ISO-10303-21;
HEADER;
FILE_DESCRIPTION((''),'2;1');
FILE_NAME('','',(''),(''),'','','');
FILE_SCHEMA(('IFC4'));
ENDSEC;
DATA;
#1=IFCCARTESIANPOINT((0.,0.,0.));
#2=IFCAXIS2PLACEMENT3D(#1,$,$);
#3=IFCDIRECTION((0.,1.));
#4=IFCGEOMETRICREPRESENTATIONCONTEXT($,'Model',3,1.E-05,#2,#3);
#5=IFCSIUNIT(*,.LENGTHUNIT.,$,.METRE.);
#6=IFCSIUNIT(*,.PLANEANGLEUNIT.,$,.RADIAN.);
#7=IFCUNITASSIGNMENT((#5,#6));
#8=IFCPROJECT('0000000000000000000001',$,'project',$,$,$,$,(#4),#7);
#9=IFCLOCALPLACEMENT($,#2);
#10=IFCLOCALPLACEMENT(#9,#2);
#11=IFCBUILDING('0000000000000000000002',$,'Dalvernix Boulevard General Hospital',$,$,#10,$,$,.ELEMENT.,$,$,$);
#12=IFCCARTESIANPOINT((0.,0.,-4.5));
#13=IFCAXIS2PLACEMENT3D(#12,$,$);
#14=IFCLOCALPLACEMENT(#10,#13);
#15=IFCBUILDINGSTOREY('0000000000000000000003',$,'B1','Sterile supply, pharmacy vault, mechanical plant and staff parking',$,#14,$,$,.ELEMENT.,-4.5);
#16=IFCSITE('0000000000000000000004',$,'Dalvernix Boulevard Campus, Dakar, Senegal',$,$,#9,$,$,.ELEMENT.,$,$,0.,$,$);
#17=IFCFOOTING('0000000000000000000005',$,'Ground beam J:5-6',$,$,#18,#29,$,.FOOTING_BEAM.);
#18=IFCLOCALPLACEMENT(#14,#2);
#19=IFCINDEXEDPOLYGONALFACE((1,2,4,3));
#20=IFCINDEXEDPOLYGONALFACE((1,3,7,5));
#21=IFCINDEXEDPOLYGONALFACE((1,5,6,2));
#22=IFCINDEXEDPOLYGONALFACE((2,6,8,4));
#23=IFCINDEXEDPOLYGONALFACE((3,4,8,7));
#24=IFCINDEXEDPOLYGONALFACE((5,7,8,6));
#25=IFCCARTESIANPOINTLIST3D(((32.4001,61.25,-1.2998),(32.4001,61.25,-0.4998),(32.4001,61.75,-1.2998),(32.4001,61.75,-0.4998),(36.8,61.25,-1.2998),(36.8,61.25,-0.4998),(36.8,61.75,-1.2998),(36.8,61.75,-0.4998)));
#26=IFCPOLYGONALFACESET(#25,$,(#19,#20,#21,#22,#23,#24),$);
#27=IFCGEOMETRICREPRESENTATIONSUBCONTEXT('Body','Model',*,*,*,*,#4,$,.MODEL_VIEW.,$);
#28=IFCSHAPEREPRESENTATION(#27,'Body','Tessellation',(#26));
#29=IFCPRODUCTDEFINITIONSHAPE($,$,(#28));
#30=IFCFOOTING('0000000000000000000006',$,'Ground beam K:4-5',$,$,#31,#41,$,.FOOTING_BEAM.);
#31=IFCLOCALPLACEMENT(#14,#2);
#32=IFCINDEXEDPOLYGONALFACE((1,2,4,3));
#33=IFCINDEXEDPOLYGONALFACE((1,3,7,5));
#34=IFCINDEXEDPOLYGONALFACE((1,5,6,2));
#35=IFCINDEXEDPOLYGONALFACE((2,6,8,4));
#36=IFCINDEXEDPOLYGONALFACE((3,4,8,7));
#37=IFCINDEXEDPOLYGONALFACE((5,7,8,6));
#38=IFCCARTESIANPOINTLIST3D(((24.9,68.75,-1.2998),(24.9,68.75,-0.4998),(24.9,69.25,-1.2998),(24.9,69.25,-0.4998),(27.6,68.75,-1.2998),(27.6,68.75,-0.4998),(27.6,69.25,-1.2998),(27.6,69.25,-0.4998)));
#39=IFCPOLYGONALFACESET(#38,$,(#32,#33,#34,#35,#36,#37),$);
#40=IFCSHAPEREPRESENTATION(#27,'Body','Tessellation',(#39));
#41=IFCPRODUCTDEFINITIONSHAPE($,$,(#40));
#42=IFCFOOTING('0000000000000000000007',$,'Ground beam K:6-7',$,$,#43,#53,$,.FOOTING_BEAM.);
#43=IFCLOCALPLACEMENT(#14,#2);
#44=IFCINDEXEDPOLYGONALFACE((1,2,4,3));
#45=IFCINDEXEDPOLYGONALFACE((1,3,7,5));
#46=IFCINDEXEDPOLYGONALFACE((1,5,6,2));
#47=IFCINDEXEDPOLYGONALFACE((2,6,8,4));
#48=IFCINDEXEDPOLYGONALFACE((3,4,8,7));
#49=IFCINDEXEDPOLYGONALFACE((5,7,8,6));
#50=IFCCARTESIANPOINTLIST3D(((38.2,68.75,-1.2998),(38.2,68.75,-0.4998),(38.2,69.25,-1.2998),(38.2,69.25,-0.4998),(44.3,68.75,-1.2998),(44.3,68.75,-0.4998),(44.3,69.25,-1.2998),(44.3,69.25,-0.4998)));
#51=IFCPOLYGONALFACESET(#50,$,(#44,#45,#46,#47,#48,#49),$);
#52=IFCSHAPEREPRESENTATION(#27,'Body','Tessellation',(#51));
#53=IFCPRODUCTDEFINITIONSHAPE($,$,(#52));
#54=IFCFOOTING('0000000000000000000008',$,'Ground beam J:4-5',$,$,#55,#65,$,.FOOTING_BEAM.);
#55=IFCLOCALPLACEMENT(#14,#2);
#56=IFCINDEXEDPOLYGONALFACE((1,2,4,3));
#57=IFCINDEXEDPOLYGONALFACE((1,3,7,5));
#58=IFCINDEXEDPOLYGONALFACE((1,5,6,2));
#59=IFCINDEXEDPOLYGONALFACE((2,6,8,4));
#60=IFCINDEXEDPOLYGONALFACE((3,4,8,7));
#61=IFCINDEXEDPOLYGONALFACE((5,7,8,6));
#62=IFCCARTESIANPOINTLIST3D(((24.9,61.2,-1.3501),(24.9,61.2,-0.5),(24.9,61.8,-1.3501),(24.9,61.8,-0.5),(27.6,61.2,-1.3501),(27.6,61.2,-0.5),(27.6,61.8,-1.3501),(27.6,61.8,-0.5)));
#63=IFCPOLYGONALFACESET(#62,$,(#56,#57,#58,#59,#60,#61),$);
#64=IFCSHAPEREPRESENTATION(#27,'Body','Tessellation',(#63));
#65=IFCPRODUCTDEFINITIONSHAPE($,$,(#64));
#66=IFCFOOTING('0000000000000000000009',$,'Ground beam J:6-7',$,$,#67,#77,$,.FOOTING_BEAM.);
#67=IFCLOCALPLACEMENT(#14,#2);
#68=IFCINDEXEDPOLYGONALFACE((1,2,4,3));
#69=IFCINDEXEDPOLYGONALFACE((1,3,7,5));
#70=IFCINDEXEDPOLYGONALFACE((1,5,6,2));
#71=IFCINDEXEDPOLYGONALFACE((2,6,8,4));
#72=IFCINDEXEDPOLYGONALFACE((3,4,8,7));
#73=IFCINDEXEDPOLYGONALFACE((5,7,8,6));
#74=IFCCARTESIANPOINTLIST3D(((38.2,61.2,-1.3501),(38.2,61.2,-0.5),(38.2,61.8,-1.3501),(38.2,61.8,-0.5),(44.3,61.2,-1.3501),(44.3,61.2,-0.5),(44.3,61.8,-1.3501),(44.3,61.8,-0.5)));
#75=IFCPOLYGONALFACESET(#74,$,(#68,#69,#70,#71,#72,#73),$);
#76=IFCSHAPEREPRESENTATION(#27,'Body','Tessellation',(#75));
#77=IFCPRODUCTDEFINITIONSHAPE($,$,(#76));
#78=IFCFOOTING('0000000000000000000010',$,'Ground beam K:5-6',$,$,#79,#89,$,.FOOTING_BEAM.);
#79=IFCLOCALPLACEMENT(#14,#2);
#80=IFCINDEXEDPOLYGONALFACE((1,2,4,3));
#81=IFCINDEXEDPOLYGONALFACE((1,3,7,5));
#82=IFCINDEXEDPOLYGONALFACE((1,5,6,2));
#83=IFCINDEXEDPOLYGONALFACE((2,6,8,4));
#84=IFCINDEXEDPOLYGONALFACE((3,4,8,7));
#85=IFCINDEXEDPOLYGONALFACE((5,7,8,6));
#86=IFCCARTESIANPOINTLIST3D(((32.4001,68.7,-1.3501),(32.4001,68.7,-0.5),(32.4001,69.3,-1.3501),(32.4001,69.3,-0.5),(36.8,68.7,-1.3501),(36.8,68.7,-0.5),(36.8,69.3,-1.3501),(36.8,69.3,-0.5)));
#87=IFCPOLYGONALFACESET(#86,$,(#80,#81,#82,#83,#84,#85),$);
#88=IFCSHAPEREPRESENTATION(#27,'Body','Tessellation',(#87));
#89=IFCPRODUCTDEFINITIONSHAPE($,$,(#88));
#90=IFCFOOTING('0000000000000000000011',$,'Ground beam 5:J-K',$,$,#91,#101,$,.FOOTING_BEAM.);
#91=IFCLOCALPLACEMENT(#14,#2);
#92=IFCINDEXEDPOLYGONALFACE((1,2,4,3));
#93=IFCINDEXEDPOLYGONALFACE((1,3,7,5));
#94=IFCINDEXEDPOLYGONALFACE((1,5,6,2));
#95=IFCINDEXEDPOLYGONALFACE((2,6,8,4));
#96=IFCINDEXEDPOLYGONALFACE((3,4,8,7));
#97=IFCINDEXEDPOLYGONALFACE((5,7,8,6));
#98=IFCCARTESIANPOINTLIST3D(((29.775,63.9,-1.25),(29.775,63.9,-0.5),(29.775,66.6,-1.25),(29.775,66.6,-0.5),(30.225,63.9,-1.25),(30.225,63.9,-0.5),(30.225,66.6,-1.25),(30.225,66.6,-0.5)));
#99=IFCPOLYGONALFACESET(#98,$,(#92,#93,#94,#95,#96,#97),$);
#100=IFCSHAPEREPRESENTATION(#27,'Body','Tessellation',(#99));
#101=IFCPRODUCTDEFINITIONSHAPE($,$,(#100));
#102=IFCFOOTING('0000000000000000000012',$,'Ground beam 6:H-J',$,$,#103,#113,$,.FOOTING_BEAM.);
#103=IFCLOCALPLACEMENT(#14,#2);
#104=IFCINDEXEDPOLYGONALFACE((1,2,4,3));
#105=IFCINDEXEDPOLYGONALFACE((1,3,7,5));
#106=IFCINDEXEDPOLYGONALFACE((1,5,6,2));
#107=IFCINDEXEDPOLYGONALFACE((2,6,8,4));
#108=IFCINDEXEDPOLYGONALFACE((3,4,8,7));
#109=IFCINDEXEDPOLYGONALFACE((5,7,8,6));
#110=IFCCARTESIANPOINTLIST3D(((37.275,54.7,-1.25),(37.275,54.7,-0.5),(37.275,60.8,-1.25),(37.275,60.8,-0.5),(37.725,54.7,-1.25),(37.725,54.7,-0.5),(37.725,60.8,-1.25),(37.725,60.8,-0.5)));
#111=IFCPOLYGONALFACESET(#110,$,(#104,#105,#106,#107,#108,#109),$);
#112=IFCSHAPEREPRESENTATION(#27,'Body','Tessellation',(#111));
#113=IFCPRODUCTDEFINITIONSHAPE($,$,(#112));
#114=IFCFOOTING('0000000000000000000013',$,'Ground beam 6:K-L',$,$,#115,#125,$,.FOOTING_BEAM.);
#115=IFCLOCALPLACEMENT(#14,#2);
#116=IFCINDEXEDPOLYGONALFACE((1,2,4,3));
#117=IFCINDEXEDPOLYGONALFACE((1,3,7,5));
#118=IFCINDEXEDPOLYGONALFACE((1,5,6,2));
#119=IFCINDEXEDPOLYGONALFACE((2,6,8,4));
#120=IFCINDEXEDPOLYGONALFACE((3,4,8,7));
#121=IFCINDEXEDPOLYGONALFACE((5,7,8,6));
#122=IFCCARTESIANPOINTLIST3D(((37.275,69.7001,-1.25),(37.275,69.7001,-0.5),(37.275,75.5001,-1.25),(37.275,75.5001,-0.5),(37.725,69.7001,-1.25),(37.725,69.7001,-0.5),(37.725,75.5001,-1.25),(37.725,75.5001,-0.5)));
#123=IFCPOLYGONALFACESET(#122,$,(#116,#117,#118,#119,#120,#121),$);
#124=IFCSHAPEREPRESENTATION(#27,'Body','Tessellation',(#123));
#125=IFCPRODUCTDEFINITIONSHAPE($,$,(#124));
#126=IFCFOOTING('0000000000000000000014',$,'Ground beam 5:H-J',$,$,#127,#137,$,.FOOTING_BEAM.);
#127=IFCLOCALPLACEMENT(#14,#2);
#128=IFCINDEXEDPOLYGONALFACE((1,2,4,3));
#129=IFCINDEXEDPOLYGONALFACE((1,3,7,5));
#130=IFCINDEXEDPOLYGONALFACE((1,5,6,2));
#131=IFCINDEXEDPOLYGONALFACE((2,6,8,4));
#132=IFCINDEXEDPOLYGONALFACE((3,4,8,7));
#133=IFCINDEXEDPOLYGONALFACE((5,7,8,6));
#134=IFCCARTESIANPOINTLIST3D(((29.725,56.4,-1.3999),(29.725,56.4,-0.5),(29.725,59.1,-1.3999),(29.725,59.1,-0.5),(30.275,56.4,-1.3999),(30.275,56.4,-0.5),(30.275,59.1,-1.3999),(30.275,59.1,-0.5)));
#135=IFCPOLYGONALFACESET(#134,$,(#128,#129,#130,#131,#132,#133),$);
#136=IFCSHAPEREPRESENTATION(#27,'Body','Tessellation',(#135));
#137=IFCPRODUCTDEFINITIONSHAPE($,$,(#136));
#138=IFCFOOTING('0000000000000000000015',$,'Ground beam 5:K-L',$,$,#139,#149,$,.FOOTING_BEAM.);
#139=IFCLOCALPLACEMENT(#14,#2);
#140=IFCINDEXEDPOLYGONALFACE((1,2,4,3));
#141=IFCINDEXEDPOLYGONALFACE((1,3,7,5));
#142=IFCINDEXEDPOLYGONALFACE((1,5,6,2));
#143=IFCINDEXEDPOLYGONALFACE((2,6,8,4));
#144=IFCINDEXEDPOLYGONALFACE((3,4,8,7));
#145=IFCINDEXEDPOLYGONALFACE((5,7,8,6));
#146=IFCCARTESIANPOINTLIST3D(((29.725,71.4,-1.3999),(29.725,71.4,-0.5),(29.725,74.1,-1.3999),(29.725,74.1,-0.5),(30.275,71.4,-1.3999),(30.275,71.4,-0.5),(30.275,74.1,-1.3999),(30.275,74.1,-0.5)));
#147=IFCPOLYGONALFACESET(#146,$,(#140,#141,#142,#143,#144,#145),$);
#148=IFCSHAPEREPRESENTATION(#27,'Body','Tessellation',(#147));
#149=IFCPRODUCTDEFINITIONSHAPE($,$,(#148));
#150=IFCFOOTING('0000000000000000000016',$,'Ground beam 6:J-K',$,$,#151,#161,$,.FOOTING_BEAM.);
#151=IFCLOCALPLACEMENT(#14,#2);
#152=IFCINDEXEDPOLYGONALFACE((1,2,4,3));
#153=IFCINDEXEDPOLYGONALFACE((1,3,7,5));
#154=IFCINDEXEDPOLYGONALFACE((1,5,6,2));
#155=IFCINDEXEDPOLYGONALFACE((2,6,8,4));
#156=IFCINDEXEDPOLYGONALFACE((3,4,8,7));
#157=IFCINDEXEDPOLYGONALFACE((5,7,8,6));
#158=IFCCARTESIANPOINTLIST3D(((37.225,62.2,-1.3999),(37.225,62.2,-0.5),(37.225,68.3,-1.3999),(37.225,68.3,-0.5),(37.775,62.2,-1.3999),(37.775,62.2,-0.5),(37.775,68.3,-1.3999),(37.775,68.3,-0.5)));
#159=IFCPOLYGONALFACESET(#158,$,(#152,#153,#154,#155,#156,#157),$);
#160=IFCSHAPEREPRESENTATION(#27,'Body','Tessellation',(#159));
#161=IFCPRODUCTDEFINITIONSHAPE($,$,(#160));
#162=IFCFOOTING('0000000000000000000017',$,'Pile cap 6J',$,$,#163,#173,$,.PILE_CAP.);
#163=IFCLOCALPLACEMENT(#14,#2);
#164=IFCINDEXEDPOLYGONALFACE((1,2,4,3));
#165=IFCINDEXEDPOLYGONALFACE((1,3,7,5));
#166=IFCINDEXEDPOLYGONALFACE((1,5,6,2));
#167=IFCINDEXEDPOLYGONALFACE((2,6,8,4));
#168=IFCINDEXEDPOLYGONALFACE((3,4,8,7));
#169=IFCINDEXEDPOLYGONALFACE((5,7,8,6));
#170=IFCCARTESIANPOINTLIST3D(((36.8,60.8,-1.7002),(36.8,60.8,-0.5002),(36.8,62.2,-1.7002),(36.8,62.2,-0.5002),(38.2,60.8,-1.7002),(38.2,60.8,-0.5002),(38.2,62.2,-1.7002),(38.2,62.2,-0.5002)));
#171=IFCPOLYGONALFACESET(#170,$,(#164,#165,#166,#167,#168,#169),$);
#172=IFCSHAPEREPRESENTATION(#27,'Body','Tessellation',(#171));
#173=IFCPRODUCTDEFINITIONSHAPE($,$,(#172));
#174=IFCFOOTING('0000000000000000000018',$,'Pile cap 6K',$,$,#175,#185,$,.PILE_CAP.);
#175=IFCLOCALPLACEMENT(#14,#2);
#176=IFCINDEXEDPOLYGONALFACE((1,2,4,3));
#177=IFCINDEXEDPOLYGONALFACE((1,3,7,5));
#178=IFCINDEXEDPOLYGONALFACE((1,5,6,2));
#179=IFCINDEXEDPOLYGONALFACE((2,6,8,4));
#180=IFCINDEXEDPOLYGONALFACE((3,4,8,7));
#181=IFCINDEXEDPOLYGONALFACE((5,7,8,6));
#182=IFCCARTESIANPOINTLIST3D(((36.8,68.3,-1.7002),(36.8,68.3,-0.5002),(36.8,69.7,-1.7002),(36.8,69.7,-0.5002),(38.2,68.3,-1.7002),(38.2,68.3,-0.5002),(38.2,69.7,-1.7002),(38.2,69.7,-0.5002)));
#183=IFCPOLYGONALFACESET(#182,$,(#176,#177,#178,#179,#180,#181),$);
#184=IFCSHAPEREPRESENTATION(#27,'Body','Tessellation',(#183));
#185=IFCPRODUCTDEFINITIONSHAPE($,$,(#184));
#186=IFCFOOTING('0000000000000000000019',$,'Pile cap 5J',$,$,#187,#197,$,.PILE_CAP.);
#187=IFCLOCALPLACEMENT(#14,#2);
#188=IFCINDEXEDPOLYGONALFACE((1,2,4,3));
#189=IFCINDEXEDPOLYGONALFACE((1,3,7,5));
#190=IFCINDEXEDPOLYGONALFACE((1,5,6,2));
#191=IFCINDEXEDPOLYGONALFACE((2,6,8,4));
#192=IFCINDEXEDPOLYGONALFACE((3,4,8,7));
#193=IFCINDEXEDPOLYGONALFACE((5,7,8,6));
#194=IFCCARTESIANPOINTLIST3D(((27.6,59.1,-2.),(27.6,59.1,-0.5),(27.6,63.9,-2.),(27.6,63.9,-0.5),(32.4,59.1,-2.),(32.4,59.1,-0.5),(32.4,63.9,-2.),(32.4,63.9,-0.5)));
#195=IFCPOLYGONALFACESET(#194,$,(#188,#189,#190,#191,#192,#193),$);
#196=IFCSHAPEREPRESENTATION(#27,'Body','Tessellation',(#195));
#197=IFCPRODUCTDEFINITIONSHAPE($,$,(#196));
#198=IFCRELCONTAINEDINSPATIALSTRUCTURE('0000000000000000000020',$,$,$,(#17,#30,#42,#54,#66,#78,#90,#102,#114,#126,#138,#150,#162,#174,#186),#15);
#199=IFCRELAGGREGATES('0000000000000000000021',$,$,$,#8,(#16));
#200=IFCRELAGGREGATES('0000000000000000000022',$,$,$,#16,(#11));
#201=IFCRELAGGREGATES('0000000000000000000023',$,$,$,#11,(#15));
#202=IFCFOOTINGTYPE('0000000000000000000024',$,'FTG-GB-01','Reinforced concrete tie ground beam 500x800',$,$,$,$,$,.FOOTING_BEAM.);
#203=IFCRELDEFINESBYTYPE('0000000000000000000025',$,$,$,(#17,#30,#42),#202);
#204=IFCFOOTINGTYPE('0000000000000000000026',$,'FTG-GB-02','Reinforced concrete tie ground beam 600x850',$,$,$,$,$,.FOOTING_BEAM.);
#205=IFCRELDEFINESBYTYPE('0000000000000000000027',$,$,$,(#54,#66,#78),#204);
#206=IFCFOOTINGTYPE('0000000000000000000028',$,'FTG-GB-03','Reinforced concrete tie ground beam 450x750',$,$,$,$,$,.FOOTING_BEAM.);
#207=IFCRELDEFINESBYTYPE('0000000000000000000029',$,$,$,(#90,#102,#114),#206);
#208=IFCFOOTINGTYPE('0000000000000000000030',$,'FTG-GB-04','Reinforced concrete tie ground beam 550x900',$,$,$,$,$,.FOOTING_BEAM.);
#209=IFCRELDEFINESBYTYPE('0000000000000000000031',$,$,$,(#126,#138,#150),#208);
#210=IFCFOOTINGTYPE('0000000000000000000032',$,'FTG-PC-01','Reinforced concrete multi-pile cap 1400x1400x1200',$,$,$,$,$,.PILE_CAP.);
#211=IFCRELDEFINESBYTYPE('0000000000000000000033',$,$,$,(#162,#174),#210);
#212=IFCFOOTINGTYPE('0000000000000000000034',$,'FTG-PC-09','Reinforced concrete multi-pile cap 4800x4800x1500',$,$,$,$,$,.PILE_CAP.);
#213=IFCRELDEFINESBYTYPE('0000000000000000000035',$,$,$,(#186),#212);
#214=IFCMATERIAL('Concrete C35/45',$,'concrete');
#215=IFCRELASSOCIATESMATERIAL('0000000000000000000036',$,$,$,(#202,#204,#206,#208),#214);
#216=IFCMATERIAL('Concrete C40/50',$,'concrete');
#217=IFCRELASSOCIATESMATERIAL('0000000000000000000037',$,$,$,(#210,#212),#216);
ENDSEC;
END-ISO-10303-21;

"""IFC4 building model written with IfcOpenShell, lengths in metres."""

from ifc_helpers import new_model, si_unit, direction, frame, origin, origin_2d, place, context, subcontext, project, spatial, rectangle, extrude, material, type_object, element, save


model = new_model("IFC4")

# Units and contexts
model_context = context("Model", 3, precision=1e-05, world=origin(), true_north=direction((0.0, 1.0)))
body_context = subcontext(model_context, "Body", "Model", "MODEL_VIEW")
ifc_project = project(units=[si_unit("LENGTHUNIT", "METRE"), si_unit("PLANEANGLEUNIT", "RADIAN")], contexts=[model_context])

# Site, building, storey
site_placement = place(None, origin())
site = spatial("IfcSite", under=ifc_project, at=site_placement, Name="Dalvernix Boulevard Campus, Dakar, Senegal", CompositionType="ELEMENT", RefElevation=0.0)
building_placement = place(site_placement, origin())
building = spatial("IfcBuilding", under=site, at=building_placement, Name="Dalvernix Boulevard General Hospital", CompositionType="ELEMENT")
storey_placement = place(building_placement, frame((0.0, 0.0, -4.5)))
storey = spatial("IfcBuildingStorey", under=building, at=storey_placement, Name="B1", Description="Sterile supply, pharmacy vault, mechanical plant and staff parking", CompositionType="ELEMENT", Elevation=-4.5)

# Footings
ifc_material_1 = material(Name="Concrete C35/45", Category="concrete")
footing_type_1 = type_object("IfcFootingType", Name="FTG-GB-01", Description="Reinforced concrete tie ground beam 500x800", PredefinedType="FOOTING_BEAM", material=ifc_material_1)
footing_1_placement = place(storey_placement, frame((34.6001, 61.5, -1.2998), z_axis=(0.0, 0.0, 1.0), x_axis=(1.0, 0.0, 0.0)))
element("IfcFooting", 1, at=footing_1_placement, inside=storey, type_object=footing_type_1, Name="Ground beam J:5-6", PredefinedType="FOOTING_BEAM", context=body_context, shape_type="SweptSolid", body=[
    extrude(rectangle(XDim=4.3999, YDim=0.5, at=origin_2d()), origin(), (0.0, 0.0, 1.0), 0.8),
])
footing_2_placement = place(storey_placement, frame((26.25, 69.0, -1.2998), z_axis=(0.0, 0.0, 1.0), x_axis=(1.0, 0.0, 0.0)))
element("IfcFooting", 2, at=footing_2_placement, inside=storey, type_object=footing_type_1, Name="Ground beam K:4-5", PredefinedType="FOOTING_BEAM", context=body_context, shape_type="SweptSolid", body=[
    extrude(rectangle(XDim=2.7, YDim=0.5, at=origin_2d()), origin(), (0.0, 0.0, 1.0), 0.8),
])
footing_3_placement = place(storey_placement, frame((41.25, 69.0, -1.2998), z_axis=(0.0, 0.0, 1.0), x_axis=(1.0, 0.0, 0.0)))
element("IfcFooting", 3, at=footing_3_placement, inside=storey, type_object=footing_type_1, Name="Ground beam K:6-7", PredefinedType="FOOTING_BEAM", context=body_context, shape_type="SweptSolid", body=[
    extrude(rectangle(XDim=6.1001, YDim=0.5, at=origin_2d()), origin(), (0.0, 0.0, 1.0), 0.8),
])
footing_type_2 = type_object("IfcFootingType", Name="FTG-GB-02", Description="Reinforced concrete tie ground beam 600x850", PredefinedType="FOOTING_BEAM", material=ifc_material_1)
footing_4_placement = place(storey_placement, frame((26.25, 61.5, -1.3501), z_axis=(0.0, 0.0, 1.0), x_axis=(1.0, 0.0, 0.0)))
element("IfcFooting", 4, at=footing_4_placement, inside=storey, type_object=footing_type_2, Name="Ground beam J:4-5", PredefinedType="FOOTING_BEAM", context=body_context, shape_type="SweptSolid", body=[
    extrude(rectangle(XDim=2.7, YDim=0.6001, at=origin_2d()), origin(), (0.0, 0.0, 1.0), 0.8501),
])
footing_5_placement = place(storey_placement, frame((41.25, 61.5, -1.3501), z_axis=(0.0, 0.0, 1.0), x_axis=(1.0, 0.0, 0.0)))
element("IfcFooting", 5, at=footing_5_placement, inside=storey, type_object=footing_type_2, Name="Ground beam J:6-7", PredefinedType="FOOTING_BEAM", context=body_context, shape_type="SweptSolid", body=[
    extrude(rectangle(XDim=6.1001, YDim=0.6001, at=origin_2d()), origin(), (0.0, 0.0, 1.0), 0.8501),
])
footing_6_placement = place(storey_placement, frame((34.6001, 69.0, -1.3501), z_axis=(0.0, 0.0, 1.0), x_axis=(1.0, 0.0, 0.0)))
element("IfcFooting", 6, at=footing_6_placement, inside=storey, type_object=footing_type_2, Name="Ground beam K:5-6", PredefinedType="FOOTING_BEAM", context=body_context, shape_type="SweptSolid", body=[
    extrude(rectangle(XDim=4.3999, YDim=0.6001, at=origin_2d()), origin(), (0.0, 0.0, 1.0), 0.8501),
])
footing_type_3 = type_object("IfcFootingType", Name="FTG-GB-03", Description="Reinforced concrete tie ground beam 450x750", PredefinedType="FOOTING_BEAM", material=ifc_material_1)
footing_7_placement = place(storey_placement, frame((30.0, 65.25, -1.25), z_axis=(0.0, 0.0, 1.0), x_axis=(0.0, 1.0, 0.0)))
element("IfcFooting", 7, at=footing_7_placement, inside=storey, type_object=footing_type_3, Name="Ground beam 5:J-K", PredefinedType="FOOTING_BEAM", context=body_context, shape_type="SweptSolid", body=[
    extrude(rectangle(XDim=2.7, YDim=0.45, at=origin_2d()), origin(), (0.0, 0.0, 1.0), 0.75),
])
footing_8_placement = place(storey_placement, frame((37.5, 57.75, -1.25), z_axis=(0.0, 0.0, 1.0), x_axis=(0.0, 1.0, 0.0)))
element("IfcFooting", 8, at=footing_8_placement, inside=storey, type_object=footing_type_3, Name="Ground beam 6:H-J", PredefinedType="FOOTING_BEAM", context=body_context, shape_type="SweptSolid", body=[
    extrude(rectangle(XDim=6.1001, YDim=0.45, at=origin_2d()), origin(), (0.0, 0.0, 1.0), 0.75),
])
footing_9_placement = place(storey_placement, frame((37.5, 72.6001, -1.25), z_axis=(0.0, 0.0, 1.0), x_axis=(0.0, 1.0, 0.0)))
element("IfcFooting", 9, at=footing_9_placement, inside=storey, type_object=footing_type_3, Name="Ground beam 6:K-L", PredefinedType="FOOTING_BEAM", context=body_context, shape_type="SweptSolid", body=[
    extrude(rectangle(XDim=5.8, YDim=0.45, at=origin_2d()), origin(), (0.0, 0.0, 1.0), 0.75),
])
footing_type_4 = type_object("IfcFootingType", Name="FTG-GB-04", Description="Reinforced concrete tie ground beam 550x900", PredefinedType="FOOTING_BEAM", material=ifc_material_1)
for number, where, z_axis, x_axis, name in (
    (10, (30.0, 57.75, -1.3999), (0.0, 0.0, 1.0), (0.0, 1.0, 0.0), "Ground beam 5:H-J"),
    (11, (30.0, 72.75, -1.3999), (0.0, 0.0, 1.0), (0.0, 1.0, 0.0), "Ground beam 5:K-L"),
):
    element("IfcFooting", number, at=place(storey_placement, frame(where, z_axis=z_axis, x_axis=x_axis)), inside=storey, type_object=footing_type_4, Name=name, PredefinedType="FOOTING_BEAM", context=body_context, shape_type="SweptSolid", body=[
        extrude(rectangle(XDim=2.7, YDim=0.55, at=origin_2d()), origin(), (0.0, 0.0, 1.0), 0.8999),
    ])
footing_10_placement = place(storey_placement, frame((37.5, 65.25, -1.3999), z_axis=(0.0, 0.0, 1.0), x_axis=(0.0, 1.0, 0.0)))
element("IfcFooting", 12, at=footing_10_placement, inside=storey, type_object=footing_type_4, Name="Ground beam 6:J-K", PredefinedType="FOOTING_BEAM", context=body_context, shape_type="SweptSolid", body=[
    extrude(rectangle(XDim=6.1001, YDim=0.55, at=origin_2d()), origin(), (0.0, 0.0, 1.0), 0.8999),
])
ifc_material_2 = material(Name="Concrete C40/50", Category="concrete")
footing_type_5 = type_object("IfcFootingType", Name="FTG-PC-01", Description="Reinforced concrete multi-pile cap 1400x1400x1200", PredefinedType="PILE_CAP", material=ifc_material_2)
for number, where, z_axis, x_axis, name in (
    (13, (37.5, 61.5, -1.7002), (0.0, 0.0, 1.0), (1.0, 0.0, 0.0), "Pile cap 6J"),
    (14, (37.5, 69.0, -1.7002), (0.0, 0.0, 1.0), (1.0, 0.0, 0.0), "Pile cap 6K"),
):
    element("IfcFooting", number, at=place(storey_placement, frame(where, z_axis=z_axis, x_axis=x_axis)), inside=storey, type_object=footing_type_5, Name=name, PredefinedType="PILE_CAP", context=body_context, shape_type="SweptSolid", body=[
        extrude(rectangle(XDim=1.3999, YDim=1.3999, at=origin_2d()), origin(), (0.0, 0.0, 1.0), 1.2),
    ])
footing_type_6 = type_object("IfcFootingType", Name="FTG-PC-09", Description="Reinforced concrete multi-pile cap 4800x4800x1500", PredefinedType="PILE_CAP", material=ifc_material_2)
for number, where, z_axis, x_axis, name in (
    (15, (30.0, 61.5, -2.0), (0.0, 0.0, 1.0), (1.0, 0.0, 0.0), "Pile cap 5J"),
):
    element("IfcFooting", number, at=place(storey_placement, frame(where, z_axis=z_axis, x_axis=x_axis)), inside=storey, type_object=footing_type_6, Name=name, PredefinedType="PILE_CAP", context=body_context, shape_type="SweptSolid", body=[
        extrude(rectangle(XDim=4.8, YDim=4.8, at=origin_2d()), origin(), (0.0, 0.0, 1.0), 1.5),
    ])

save(model, "model.ifc")
